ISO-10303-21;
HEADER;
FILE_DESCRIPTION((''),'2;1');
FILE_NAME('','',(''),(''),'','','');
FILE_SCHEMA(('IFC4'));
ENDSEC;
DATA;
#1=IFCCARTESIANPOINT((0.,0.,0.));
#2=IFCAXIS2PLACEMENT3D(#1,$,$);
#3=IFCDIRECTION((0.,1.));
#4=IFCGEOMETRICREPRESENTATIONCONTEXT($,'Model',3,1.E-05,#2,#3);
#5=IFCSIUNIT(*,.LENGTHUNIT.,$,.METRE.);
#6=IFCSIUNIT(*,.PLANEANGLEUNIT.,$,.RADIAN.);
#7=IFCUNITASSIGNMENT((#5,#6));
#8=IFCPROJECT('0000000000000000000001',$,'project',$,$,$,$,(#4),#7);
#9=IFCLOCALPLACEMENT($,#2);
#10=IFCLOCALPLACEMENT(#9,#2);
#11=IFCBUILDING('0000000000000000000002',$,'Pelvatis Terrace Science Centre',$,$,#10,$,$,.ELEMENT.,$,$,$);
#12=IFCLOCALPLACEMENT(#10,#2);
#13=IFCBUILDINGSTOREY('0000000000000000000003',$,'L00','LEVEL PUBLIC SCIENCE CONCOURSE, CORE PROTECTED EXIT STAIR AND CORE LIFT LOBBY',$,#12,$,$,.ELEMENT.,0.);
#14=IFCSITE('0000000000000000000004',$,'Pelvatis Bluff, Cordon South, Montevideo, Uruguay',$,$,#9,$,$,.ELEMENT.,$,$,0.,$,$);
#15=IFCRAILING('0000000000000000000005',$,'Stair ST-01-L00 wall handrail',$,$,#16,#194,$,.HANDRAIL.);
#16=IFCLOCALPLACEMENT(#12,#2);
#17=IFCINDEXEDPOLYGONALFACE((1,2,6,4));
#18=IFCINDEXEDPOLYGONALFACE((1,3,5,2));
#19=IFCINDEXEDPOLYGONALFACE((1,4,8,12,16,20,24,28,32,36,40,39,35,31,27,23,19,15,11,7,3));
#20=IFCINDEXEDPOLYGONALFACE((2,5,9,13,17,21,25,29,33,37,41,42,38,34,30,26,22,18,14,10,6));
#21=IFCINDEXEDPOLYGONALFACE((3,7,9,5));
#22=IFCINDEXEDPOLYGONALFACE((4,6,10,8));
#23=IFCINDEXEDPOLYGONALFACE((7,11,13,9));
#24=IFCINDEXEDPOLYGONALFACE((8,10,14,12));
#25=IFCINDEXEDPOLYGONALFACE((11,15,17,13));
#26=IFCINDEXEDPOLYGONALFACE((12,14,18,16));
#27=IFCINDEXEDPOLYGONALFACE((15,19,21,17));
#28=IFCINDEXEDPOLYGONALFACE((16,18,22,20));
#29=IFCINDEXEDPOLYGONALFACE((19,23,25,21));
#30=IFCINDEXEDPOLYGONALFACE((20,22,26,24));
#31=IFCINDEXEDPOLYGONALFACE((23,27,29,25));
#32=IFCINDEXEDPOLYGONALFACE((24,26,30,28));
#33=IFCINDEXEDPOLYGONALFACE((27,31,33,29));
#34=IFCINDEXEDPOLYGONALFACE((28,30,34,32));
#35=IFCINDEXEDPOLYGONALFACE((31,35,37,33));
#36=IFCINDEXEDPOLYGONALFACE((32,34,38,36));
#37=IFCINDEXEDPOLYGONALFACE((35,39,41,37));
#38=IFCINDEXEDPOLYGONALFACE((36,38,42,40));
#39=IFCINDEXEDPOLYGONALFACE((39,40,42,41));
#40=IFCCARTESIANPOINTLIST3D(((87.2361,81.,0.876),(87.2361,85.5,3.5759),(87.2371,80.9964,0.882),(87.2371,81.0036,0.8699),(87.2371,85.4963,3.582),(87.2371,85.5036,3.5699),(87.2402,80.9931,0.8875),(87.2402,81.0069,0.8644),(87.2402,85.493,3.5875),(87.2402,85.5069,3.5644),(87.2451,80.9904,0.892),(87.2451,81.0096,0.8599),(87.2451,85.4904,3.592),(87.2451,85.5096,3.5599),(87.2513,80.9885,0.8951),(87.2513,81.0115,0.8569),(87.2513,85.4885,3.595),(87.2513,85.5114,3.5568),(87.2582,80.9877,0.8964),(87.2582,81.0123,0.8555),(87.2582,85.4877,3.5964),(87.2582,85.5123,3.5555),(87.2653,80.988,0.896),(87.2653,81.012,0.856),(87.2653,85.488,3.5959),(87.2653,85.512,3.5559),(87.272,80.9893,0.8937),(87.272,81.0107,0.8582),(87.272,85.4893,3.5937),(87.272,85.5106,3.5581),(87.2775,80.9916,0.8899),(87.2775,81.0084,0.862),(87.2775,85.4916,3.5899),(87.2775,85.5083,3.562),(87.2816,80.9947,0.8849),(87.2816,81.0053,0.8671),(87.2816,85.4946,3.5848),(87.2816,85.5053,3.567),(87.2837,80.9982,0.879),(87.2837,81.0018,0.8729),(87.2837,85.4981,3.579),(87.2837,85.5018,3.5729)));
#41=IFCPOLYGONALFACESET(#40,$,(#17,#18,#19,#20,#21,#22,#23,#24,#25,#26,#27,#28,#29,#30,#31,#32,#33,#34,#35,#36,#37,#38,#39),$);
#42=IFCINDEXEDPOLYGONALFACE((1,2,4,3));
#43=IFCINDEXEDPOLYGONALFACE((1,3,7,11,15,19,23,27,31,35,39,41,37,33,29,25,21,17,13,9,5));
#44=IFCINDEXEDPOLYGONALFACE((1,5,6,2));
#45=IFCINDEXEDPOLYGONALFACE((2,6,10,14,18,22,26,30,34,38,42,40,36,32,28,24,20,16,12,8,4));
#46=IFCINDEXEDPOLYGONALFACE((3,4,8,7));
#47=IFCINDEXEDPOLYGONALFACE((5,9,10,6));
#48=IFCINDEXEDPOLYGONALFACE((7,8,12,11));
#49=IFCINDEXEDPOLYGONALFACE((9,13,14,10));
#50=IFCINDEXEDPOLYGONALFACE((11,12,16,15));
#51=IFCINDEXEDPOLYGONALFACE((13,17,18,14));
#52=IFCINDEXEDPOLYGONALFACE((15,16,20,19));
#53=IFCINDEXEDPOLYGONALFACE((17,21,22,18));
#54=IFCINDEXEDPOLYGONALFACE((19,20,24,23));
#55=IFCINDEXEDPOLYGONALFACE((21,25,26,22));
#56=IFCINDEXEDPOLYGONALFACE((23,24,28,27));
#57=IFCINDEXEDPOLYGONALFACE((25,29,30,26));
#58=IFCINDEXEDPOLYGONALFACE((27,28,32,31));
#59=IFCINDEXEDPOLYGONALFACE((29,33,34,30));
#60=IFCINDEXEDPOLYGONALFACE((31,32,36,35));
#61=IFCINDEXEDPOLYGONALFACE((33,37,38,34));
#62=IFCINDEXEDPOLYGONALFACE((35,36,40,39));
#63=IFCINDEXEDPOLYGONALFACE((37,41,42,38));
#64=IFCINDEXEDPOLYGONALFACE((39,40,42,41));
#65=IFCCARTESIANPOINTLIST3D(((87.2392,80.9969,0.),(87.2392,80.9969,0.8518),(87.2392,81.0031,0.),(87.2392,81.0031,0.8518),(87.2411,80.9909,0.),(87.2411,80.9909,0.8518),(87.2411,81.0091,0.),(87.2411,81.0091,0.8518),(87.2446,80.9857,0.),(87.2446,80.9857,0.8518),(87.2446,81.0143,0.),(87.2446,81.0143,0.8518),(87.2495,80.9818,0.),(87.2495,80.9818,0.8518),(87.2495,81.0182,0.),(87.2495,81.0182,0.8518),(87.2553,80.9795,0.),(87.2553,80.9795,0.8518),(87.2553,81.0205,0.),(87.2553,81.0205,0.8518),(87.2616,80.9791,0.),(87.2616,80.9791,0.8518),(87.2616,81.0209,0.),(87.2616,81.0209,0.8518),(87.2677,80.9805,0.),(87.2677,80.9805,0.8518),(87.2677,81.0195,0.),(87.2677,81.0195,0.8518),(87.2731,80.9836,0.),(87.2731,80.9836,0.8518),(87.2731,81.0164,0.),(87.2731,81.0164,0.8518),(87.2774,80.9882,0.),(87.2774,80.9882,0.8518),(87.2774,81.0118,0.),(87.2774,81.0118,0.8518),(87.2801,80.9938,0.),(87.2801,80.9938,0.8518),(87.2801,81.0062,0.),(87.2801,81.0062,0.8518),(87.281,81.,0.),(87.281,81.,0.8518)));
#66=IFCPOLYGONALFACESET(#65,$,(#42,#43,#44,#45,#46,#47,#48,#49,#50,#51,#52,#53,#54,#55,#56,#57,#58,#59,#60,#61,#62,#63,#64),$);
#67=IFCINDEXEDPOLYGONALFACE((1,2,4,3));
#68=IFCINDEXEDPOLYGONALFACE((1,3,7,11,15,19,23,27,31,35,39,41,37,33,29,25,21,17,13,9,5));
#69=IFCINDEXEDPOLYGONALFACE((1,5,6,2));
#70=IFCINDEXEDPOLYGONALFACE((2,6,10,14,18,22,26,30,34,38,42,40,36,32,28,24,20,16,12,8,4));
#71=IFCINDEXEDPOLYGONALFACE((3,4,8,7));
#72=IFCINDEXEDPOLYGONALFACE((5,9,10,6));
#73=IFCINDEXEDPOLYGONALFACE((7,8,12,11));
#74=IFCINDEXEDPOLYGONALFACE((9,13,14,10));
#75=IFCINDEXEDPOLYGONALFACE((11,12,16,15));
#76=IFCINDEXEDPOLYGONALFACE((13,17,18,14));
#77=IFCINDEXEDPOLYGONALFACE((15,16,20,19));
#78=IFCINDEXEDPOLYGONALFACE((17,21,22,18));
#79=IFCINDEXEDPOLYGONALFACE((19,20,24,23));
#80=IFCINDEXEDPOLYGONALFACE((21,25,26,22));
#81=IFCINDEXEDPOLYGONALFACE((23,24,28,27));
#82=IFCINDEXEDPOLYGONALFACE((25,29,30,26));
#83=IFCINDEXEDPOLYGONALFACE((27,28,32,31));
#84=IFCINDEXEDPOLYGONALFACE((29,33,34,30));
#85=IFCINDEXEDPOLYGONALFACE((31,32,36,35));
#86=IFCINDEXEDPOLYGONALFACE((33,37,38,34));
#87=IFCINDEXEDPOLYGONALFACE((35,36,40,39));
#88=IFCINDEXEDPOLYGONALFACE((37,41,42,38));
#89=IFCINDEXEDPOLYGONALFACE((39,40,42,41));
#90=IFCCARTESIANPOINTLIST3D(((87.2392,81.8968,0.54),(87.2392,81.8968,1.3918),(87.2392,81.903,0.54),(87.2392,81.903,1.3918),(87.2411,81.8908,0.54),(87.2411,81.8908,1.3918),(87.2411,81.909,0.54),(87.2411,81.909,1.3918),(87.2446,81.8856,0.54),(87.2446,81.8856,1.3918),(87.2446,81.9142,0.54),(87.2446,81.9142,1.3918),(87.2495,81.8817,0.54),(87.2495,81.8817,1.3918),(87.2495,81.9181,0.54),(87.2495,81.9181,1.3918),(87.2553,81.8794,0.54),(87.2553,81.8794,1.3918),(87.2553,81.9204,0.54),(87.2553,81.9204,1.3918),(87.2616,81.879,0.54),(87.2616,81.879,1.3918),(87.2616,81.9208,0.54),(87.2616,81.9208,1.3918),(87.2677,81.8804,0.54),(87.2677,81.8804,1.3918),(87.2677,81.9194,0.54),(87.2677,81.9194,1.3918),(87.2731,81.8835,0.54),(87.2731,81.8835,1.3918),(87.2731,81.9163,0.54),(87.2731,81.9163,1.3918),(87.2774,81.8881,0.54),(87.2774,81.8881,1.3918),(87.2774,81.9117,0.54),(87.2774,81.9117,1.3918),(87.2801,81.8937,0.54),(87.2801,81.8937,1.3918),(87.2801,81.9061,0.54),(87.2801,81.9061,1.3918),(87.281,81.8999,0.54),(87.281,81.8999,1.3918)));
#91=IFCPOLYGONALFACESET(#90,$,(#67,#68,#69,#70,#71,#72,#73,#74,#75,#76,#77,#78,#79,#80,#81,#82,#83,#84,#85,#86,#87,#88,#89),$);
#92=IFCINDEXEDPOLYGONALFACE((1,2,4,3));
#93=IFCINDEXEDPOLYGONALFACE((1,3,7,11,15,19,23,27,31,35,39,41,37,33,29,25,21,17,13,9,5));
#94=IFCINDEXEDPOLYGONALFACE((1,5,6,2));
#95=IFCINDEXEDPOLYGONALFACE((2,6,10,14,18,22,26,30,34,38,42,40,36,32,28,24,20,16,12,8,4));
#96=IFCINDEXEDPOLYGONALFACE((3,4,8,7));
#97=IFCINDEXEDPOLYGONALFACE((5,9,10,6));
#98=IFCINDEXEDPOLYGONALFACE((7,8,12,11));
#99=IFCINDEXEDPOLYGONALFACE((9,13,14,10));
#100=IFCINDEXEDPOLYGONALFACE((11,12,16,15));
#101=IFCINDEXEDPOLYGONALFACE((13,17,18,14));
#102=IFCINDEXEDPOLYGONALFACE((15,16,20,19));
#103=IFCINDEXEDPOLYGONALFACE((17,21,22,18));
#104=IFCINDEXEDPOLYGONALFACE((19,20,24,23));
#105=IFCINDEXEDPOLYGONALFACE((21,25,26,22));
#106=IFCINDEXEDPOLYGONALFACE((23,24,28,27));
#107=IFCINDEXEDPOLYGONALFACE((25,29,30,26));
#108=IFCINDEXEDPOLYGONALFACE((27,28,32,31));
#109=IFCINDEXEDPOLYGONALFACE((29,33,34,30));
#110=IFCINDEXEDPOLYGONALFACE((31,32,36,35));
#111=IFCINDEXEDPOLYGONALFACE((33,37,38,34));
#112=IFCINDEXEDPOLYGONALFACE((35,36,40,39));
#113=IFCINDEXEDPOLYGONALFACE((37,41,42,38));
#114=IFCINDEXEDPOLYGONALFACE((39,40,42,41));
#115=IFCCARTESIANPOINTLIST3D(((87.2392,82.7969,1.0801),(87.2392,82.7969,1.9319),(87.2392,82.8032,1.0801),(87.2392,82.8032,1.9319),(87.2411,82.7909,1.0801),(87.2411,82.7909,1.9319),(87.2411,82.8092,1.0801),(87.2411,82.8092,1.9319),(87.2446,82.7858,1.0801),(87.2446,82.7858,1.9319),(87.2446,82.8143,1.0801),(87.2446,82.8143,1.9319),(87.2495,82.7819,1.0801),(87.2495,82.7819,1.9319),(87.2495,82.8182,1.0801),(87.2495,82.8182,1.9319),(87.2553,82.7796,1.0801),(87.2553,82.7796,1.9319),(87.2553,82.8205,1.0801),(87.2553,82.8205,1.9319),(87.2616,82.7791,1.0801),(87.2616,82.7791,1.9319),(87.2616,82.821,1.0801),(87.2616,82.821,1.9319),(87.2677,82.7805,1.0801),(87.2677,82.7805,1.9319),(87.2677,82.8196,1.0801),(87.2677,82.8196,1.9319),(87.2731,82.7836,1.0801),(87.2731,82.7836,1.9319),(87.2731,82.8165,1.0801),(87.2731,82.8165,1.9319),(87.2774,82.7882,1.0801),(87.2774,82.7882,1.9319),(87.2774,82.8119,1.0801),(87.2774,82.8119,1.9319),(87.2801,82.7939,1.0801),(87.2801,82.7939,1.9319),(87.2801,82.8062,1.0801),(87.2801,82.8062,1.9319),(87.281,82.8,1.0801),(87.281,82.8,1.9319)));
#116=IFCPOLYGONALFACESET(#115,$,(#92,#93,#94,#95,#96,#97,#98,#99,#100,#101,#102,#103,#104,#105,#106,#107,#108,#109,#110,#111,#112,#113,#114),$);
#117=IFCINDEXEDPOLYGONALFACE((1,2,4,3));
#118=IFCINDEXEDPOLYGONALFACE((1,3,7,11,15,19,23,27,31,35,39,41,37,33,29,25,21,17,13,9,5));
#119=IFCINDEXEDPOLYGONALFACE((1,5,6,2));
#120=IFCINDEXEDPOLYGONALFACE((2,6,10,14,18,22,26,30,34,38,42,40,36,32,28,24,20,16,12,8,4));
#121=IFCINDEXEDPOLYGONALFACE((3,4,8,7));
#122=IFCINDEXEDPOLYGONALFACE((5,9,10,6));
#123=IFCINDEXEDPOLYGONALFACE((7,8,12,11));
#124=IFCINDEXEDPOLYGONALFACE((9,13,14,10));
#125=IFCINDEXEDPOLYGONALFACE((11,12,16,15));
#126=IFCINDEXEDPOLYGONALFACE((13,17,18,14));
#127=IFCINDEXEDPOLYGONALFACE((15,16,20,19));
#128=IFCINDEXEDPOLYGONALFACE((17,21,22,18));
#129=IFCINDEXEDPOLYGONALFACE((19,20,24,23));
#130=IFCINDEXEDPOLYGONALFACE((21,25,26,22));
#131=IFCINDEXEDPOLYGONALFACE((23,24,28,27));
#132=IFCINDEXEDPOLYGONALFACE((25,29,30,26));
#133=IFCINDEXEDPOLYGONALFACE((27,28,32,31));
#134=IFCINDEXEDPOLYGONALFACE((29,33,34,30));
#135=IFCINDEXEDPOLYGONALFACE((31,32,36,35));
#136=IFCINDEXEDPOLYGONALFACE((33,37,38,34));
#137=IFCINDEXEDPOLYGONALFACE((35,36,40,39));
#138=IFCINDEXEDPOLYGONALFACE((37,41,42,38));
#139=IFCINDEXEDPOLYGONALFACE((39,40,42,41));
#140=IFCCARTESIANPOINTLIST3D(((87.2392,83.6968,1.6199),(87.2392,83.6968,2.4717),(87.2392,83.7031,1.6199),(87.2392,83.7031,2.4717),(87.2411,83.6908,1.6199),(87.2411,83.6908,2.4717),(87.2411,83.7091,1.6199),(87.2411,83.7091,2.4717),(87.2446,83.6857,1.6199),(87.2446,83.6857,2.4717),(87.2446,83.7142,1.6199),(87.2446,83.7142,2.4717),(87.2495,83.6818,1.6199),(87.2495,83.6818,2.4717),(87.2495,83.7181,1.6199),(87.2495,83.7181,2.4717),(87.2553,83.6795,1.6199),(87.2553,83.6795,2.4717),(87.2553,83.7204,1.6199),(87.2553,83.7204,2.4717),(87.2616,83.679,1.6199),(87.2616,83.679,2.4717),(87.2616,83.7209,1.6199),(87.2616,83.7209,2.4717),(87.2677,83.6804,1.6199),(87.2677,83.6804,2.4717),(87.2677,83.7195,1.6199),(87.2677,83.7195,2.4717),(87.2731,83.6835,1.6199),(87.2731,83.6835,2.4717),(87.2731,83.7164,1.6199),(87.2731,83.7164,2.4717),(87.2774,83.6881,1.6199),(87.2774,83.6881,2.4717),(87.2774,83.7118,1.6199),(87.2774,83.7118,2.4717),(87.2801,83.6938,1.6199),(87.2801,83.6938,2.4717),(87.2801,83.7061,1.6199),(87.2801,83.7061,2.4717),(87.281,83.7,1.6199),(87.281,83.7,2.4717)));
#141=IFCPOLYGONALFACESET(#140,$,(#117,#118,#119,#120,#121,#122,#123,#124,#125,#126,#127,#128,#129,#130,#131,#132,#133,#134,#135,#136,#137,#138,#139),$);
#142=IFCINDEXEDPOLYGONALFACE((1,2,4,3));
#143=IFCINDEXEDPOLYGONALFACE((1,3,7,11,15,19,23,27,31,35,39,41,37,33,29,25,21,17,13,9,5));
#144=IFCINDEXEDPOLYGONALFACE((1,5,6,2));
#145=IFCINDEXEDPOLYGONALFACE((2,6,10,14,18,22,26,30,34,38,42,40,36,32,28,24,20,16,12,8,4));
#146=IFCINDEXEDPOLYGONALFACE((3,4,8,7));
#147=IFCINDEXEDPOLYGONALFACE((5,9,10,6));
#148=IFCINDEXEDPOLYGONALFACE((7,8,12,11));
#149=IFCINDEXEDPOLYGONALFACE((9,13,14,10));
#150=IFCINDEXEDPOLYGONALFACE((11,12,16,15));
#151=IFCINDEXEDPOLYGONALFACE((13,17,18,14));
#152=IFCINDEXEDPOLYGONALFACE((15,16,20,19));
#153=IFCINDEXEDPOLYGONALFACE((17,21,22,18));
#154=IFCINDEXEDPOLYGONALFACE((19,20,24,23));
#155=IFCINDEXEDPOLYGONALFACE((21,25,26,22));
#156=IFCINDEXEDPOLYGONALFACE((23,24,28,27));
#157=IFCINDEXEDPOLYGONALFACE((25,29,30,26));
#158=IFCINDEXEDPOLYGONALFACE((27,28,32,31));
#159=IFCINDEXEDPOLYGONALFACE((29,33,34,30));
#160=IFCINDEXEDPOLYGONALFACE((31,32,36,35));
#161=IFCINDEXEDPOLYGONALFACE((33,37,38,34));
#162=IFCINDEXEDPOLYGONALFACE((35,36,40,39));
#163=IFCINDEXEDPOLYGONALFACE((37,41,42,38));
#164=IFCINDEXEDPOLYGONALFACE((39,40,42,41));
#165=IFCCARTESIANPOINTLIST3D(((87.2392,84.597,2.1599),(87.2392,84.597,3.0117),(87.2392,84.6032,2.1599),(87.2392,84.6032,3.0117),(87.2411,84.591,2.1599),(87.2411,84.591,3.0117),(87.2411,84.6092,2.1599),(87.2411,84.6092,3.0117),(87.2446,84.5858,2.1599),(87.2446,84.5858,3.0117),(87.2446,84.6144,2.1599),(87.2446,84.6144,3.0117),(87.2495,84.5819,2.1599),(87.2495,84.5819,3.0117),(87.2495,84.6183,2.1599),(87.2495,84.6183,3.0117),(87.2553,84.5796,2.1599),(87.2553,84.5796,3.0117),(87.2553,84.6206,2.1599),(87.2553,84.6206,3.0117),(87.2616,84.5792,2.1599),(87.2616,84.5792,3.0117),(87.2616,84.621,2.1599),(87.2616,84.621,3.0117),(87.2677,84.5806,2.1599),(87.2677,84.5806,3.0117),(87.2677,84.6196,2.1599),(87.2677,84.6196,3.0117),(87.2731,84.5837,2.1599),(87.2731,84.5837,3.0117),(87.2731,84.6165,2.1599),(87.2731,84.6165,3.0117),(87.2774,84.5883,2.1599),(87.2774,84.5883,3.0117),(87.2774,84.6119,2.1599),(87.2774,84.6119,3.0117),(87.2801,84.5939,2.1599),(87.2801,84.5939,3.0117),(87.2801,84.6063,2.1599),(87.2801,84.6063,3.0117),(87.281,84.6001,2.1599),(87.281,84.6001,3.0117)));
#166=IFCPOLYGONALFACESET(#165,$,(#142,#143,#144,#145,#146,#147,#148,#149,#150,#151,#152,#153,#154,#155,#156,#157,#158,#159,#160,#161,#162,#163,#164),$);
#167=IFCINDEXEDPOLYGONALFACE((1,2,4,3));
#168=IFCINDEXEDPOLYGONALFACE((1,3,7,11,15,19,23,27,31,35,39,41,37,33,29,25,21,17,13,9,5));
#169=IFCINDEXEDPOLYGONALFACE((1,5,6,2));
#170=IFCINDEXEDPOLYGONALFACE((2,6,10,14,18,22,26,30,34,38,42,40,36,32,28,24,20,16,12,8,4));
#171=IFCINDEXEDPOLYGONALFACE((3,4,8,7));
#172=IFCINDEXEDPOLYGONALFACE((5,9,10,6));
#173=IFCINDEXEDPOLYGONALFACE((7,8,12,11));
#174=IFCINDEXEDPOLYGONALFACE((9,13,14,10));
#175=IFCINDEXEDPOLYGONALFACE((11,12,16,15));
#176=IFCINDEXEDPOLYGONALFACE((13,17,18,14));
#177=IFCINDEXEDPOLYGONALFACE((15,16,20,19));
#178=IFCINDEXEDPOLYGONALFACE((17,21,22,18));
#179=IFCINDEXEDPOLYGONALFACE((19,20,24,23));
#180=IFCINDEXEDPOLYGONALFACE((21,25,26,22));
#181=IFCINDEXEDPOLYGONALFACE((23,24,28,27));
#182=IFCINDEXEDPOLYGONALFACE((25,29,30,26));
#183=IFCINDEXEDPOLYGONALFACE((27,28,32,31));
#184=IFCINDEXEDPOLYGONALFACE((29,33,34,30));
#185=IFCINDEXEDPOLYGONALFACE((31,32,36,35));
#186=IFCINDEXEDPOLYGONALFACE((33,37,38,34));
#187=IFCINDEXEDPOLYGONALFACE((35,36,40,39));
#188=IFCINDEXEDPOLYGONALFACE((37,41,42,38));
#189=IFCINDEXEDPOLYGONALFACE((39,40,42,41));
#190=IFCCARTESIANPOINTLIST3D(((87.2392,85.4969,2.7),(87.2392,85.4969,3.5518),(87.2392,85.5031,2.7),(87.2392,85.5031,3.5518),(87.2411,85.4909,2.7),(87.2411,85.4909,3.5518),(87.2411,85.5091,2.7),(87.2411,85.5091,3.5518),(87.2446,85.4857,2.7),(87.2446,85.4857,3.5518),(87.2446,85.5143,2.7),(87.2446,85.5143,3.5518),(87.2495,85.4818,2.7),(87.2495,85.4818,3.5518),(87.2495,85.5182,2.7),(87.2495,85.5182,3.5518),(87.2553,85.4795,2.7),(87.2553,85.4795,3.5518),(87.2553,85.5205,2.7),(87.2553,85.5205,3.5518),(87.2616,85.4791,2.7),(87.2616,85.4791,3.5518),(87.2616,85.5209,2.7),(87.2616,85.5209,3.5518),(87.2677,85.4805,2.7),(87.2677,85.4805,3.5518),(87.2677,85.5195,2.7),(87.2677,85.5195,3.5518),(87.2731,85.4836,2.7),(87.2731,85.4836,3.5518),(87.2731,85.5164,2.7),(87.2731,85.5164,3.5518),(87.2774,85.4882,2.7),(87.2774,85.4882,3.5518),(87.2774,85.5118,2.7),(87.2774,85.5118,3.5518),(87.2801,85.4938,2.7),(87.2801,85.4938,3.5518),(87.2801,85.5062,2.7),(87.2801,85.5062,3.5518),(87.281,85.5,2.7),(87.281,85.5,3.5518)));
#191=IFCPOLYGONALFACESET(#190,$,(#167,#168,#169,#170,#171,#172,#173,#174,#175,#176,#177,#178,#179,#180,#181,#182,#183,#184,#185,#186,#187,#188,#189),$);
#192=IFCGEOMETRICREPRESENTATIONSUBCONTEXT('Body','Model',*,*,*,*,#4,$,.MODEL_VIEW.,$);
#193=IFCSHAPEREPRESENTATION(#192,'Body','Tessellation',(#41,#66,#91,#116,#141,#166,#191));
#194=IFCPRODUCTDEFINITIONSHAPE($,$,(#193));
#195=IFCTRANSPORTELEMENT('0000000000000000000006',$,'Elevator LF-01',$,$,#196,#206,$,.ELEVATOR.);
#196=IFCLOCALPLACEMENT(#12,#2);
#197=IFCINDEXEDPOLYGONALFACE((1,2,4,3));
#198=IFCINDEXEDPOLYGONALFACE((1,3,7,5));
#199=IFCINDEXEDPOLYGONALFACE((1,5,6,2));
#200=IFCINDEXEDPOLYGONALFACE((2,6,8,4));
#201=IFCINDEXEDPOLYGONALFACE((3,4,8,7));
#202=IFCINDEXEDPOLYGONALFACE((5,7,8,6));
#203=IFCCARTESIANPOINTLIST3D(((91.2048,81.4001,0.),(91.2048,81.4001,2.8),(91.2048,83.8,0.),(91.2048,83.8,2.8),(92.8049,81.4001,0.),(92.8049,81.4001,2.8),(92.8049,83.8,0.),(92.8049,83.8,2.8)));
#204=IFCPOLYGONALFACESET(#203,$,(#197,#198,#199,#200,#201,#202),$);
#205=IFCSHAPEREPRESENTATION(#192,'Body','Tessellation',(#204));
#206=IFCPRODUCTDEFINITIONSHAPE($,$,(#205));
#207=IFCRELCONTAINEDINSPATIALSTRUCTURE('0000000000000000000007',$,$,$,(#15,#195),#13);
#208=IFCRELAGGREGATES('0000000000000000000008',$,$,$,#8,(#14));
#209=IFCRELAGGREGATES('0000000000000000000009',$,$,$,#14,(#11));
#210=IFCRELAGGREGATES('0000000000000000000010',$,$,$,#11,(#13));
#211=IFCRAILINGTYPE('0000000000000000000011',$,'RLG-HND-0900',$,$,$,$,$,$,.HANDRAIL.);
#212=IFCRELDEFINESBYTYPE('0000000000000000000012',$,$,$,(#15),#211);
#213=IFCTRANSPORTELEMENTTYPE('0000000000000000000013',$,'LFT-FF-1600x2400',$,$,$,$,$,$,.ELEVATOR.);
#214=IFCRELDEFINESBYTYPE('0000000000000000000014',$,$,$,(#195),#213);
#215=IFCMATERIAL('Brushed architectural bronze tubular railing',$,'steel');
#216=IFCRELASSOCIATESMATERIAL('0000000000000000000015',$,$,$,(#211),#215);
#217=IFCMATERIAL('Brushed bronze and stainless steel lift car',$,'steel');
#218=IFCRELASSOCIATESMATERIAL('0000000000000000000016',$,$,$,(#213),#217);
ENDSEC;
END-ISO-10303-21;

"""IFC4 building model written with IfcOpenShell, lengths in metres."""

from ifc_helpers import new_model, si_unit, direction, frame, origin, origin_2d, place, context, subcontext, project, spatial, rectangle, circle, extrude, material, type_object, element, save


model = new_model("IFC4")

# Units and contexts
model_context = context("Model", 3, precision=1e-05, world=origin(), true_north=direction((0.0, 1.0)))
body_context = subcontext(model_context, "Body", "Model", "MODEL_VIEW")
ifc_project = project(units=[si_unit("LENGTHUNIT", "METRE"), si_unit("PLANEANGLEUNIT", "RADIAN")], contexts=[model_context])

# Site, building, storey
site_placement = place(None, origin())
site = spatial("IfcSite", under=ifc_project, at=site_placement, Name="Pelvatis Bluff, Cordon South, Montevideo, Uruguay", CompositionType="ELEMENT", RefElevation=0.0)
building_placement = place(site_placement, origin())
building = spatial("IfcBuilding", under=site, at=building_placement, Name="Pelvatis Terrace Science Centre", CompositionType="ELEMENT")
storey_placement = place(building_placement, origin())
storey = spatial("IfcBuildingStorey", under=building, at=storey_placement, Name="L00", Description="LEVEL PUBLIC SCIENCE CONCOURSE, CORE PROTECTED EXIT STAIR AND CORE LIFT LOBBY", CompositionType="ELEMENT", Elevation=0.0)

# Railing
ifc_material_1 = material(Name="Brushed architectural bronze tubular railing", Category="steel")
railing_type_1 = type_object("IfcRailingType", Name="RLG-HND-0900", PredefinedType="HANDRAIL", material=ifc_material_1)
railing_1_placement = place(storey_placement, frame((87.26, 81.0, 0.0)))
element("IfcRailing", 1, at=railing_1_placement, inside=storey, type_object=railing_type_1, Name="Stair ST-01-L00 wall handrail", PredefinedType="HANDRAIL", context=body_context, shape_type="SweptSolid", body=[
    extrude(circle(Radius=0.0239, at=origin_2d()), frame((0.0, 0.0, 0.876), z_axis=(0.0, 0.857497, 0.514489), x_axis=(-1.0, 0.0, 0.0)), (0.0, 0.0, 1.0), 5.2478),
    extrude(circle(Radius=0.021, at=origin_2d()), origin(), (0.0, 0.0, 1.0), 0.8518),
    extrude(circle(Radius=0.021, at=origin_2d()), frame((0.0, 0.8999, 0.54)), (0.0, 0.0, 1.0), 0.8518),
    extrude(circle(Radius=0.021, at=origin_2d()), frame((0.0, 1.8, 1.0801)), (0.0, 0.0, 1.0), 0.8518),
    extrude(circle(Radius=0.021, at=origin_2d()), frame((0.0, 2.7, 1.6199)), (0.0, 0.0, 1.0), 0.8518),
    extrude(circle(Radius=0.021, at=origin_2d()), frame((0.0, 3.6001, 2.1599)), (0.0, 0.0, 1.0), 0.8518),
    extrude(circle(Radius=0.021, at=origin_2d()), frame((0.0, 4.5, 2.7)), (0.0, 0.0, 1.0), 0.8518),
])

# Transport element
ifc_material_2 = material(Name="Brushed bronze and stainless steel lift car", Category="steel")
transport_element_type = type_object("IfcTransportElementType", Name="LFT-FF-1600x2400", PredefinedType="ELEVATOR", material=ifc_material_2)
transport_element_placement = place(storey_placement, frame((92.0049, 82.6001, 0.0), z_axis=(0.0, 0.0, 1.0), x_axis=(1.0, 0.0, 0.0)))
element("IfcTransportElement", 2, at=transport_element_placement, inside=storey, type_object=transport_element_type, Name="Elevator LF-01", PredefinedType="ELEVATOR", context=body_context, shape_type="SweptSolid", body=[
    extrude(rectangle(XDim=1.6001, YDim=2.3999, at=origin_2d()), origin(), (0.0, 0.0, 1.0), 2.8),
])

save(model, "model.ifc")
